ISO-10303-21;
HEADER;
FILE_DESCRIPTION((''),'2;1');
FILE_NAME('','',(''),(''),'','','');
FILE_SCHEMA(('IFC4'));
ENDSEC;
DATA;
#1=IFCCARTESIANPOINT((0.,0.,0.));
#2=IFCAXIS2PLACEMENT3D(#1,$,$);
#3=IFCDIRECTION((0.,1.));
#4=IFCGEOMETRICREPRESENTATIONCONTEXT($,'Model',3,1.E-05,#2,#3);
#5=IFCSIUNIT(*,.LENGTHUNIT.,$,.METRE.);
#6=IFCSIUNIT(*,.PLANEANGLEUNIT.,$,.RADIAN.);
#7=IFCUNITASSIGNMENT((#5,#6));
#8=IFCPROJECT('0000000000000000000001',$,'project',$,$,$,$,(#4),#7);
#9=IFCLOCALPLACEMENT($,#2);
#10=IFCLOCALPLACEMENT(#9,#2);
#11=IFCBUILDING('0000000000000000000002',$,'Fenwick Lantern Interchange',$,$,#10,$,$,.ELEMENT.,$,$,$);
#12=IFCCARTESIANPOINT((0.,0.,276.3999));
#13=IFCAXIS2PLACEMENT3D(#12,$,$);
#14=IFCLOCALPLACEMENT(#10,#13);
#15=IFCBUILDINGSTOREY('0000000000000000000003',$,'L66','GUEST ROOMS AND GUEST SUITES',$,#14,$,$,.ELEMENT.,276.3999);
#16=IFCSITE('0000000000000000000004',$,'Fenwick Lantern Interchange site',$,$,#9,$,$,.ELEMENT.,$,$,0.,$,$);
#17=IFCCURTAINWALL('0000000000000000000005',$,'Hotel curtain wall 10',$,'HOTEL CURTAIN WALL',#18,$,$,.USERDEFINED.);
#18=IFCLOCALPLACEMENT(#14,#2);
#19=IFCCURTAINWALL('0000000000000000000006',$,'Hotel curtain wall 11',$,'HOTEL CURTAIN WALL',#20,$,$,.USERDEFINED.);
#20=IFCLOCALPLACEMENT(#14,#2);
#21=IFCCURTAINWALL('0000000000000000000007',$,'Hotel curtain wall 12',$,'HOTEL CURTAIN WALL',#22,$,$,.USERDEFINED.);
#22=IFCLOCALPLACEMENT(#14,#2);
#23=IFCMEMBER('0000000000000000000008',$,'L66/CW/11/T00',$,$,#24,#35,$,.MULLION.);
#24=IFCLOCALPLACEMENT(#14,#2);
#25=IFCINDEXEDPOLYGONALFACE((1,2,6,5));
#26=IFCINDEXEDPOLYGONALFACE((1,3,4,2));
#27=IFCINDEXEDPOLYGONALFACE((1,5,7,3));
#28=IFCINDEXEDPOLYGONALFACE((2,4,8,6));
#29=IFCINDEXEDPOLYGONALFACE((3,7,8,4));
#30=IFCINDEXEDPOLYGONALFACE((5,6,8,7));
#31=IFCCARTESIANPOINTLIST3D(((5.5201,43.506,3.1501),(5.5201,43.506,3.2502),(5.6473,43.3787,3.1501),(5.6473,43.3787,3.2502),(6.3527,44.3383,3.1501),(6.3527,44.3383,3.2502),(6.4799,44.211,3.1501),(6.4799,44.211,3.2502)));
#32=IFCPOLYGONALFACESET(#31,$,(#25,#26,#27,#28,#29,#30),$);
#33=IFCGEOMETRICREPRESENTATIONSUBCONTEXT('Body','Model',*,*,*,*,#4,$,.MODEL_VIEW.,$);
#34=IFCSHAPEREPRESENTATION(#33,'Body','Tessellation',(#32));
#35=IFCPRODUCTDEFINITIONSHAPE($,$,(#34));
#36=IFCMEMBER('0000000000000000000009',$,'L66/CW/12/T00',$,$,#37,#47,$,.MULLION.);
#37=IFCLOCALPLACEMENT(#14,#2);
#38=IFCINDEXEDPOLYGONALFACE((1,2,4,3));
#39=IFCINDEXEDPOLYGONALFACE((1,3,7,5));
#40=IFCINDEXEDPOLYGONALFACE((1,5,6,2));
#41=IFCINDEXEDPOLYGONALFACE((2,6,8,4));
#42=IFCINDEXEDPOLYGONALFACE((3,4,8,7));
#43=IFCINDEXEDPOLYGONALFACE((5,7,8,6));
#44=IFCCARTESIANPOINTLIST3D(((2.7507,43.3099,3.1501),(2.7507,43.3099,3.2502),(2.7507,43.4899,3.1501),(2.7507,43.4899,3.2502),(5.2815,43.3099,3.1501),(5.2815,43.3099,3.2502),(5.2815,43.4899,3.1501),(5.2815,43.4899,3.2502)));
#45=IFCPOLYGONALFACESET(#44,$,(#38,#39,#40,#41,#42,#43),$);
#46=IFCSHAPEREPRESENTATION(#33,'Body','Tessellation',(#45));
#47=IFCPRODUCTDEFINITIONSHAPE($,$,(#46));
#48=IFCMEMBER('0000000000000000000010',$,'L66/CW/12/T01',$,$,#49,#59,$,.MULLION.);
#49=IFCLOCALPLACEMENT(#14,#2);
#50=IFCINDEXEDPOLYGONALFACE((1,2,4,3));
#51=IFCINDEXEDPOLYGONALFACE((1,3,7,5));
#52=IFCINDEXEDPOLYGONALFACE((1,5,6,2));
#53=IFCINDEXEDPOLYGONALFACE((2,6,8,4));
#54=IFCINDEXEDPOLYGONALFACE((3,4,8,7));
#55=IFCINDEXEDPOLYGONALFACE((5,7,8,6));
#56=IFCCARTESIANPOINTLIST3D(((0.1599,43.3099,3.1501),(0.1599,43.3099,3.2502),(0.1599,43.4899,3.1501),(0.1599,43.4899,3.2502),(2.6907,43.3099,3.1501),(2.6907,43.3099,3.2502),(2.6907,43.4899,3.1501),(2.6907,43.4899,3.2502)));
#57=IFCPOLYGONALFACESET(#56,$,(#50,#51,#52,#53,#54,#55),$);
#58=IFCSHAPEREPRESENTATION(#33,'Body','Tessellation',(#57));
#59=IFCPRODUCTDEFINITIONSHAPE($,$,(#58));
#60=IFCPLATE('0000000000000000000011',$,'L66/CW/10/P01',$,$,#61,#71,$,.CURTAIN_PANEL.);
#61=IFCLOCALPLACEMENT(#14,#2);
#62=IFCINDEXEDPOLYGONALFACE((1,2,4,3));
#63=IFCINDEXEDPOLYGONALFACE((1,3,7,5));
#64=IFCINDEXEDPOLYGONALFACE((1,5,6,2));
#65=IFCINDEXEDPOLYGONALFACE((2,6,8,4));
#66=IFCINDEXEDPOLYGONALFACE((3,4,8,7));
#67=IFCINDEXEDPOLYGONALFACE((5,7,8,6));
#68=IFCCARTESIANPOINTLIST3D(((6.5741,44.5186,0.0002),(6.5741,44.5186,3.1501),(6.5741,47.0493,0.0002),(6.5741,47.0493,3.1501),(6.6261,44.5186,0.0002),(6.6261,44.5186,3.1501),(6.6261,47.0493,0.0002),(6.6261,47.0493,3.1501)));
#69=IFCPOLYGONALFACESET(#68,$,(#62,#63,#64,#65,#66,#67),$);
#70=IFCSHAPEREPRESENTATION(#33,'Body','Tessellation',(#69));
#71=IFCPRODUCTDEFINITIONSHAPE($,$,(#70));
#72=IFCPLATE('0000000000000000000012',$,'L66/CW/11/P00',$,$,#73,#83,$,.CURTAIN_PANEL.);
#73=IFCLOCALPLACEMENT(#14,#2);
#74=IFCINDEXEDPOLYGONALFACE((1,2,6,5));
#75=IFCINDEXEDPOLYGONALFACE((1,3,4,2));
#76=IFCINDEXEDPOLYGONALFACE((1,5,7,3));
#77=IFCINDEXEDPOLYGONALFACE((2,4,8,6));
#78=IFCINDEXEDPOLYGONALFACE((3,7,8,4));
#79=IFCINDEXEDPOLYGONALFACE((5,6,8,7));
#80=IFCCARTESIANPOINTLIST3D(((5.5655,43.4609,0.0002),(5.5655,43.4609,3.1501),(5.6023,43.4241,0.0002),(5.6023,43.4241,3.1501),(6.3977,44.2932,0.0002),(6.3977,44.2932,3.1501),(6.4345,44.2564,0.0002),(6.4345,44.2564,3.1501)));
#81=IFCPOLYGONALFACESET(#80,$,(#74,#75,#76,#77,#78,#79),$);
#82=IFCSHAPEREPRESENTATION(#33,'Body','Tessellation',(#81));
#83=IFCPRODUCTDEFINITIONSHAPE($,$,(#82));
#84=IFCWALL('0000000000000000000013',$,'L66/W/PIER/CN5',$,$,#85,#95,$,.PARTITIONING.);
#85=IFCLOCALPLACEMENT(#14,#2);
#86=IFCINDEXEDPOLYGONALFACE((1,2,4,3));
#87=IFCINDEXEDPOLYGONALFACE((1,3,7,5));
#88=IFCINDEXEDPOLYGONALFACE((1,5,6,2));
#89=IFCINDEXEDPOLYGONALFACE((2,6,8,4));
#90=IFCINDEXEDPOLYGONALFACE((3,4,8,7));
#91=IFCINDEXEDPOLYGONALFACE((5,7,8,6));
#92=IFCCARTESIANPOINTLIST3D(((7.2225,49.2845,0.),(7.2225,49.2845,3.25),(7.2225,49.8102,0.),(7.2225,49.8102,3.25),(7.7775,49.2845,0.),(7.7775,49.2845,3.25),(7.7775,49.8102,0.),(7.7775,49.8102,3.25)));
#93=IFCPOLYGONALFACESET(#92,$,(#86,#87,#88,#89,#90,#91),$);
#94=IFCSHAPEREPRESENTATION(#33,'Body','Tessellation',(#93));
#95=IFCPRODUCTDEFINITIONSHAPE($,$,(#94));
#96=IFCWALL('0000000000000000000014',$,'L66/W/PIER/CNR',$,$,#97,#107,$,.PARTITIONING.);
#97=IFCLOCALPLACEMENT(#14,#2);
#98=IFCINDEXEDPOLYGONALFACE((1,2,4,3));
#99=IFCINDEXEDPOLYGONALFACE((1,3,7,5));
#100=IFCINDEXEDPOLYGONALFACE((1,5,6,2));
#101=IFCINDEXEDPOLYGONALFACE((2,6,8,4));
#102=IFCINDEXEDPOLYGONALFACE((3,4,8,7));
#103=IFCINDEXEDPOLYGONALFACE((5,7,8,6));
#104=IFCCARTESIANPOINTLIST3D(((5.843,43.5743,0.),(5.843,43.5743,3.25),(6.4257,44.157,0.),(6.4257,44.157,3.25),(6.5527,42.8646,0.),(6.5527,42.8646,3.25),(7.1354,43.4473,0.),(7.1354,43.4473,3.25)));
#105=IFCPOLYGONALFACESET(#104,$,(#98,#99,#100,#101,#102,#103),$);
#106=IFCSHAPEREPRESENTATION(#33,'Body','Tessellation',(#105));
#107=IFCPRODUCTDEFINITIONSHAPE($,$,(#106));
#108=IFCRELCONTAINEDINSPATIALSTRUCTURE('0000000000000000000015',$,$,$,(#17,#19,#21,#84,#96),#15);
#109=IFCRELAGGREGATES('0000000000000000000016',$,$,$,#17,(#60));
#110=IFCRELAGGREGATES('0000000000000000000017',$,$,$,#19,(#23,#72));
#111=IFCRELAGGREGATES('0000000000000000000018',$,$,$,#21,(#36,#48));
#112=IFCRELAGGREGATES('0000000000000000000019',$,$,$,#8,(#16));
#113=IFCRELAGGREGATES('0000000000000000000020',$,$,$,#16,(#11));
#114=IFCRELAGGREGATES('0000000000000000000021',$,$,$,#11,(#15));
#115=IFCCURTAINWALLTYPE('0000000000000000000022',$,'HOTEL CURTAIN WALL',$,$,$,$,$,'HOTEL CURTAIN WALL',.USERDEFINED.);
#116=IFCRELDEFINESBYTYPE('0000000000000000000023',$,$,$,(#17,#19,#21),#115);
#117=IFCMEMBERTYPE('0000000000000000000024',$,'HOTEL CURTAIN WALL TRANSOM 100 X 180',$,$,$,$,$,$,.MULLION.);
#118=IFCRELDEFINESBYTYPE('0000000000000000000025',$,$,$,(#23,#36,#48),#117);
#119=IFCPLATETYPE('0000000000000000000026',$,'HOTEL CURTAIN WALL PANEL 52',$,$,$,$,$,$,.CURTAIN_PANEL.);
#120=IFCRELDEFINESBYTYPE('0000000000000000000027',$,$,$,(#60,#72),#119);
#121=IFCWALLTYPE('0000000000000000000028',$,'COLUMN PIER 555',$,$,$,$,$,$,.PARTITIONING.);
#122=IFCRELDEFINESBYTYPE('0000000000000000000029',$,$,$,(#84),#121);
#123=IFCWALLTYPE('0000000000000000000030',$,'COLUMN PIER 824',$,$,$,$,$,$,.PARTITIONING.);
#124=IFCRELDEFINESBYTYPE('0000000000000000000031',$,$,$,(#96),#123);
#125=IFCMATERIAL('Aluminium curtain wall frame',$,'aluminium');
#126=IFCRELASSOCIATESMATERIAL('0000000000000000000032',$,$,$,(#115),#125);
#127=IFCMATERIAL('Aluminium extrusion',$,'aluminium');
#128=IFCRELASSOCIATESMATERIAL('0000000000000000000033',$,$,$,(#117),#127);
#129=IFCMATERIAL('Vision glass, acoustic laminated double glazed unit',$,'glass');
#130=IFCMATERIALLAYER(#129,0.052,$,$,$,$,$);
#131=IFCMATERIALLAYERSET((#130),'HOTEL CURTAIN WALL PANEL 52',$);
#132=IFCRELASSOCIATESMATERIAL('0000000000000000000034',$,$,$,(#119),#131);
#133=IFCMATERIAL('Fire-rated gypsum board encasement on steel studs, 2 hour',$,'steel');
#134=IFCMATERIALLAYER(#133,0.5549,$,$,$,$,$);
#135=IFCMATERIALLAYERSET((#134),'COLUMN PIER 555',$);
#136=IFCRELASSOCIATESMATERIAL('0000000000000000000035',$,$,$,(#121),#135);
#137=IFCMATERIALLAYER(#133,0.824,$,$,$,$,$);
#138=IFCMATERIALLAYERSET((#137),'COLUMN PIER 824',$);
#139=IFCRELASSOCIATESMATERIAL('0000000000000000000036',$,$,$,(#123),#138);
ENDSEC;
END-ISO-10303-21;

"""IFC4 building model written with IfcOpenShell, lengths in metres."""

from ifc_helpers import new_model, si_unit, direction, frame, frame_2d, origin, origin_2d, place, context, subcontext, project, spatial, rectangle, extrude, material, layer, layer_set, material_profile, profile_set, type_object, element, aggregate, save


model = new_model("IFC4")

# Units and contexts
model_context = context("Model", 3, precision=1e-05, world=origin(), true_north=direction((0.0, 1.0)))
body_context = subcontext(model_context, "Body", "Model", "MODEL_VIEW")
ifc_project = project(units=[si_unit("LENGTHUNIT", "METRE"), si_unit("PLANEANGLEUNIT", "RADIAN")], contexts=[model_context])

# Site, building, storey
site_placement = place(None, origin())
site = spatial("IfcSite", under=ifc_project, at=site_placement, Name="Fenwick Lantern Interchange site", CompositionType="ELEMENT", RefElevation=0.0)
building_placement = place(site_placement, origin())
building = spatial("IfcBuilding", under=site, at=building_placement, Name="Fenwick Lantern Interchange", CompositionType="ELEMENT")
storey_placement = place(building_placement, frame((0.0, 0.0, 276.3999)))
storey = spatial("IfcBuildingStorey", under=building, at=storey_placement, Name="L66", Description="GUEST ROOMS AND GUEST SUITES", CompositionType="ELEMENT", Elevation=276.3999)

# Shared definitions
ifc_material_1 = material(Name="Aluminium curtain wall frame", Category="aluminium")
curtain_wall_type = type_object("IfcCurtainWallType", Name="HOTEL CURTAIN WALL", ElementType="HOTEL CURTAIN WALL", PredefinedType="USERDEFINED", material=ifc_material_1)
ifc_material_2 = material(Name="Aluminium extrusion", Category="aluminium")

# Curtain walls
curtain_wall_1_placement = place(storey_placement, origin())
curtain_wall_1 = element("IfcCurtainWall", 1, at=curtain_wall_1_placement, inside=storey, type_object=curtain_wall_type, Name="Hotel curtain wall 10", ObjectType="HOTEL CURTAIN WALL", PredefinedType="USERDEFINED")
curtain_wall_2_placement = place(storey_placement, origin())
curtain_wall_2 = element("IfcCurtainWall", 2, at=curtain_wall_2_placement, inside=storey, type_object=curtain_wall_type, Name="Hotel curtain wall 11", ObjectType="HOTEL CURTAIN WALL", PredefinedType="USERDEFINED")
curtain_wall_3_placement = place(storey_placement, origin())
curtain_wall_3 = element("IfcCurtainWall", 3, at=curtain_wall_3_placement, inside=storey, type_object=curtain_wall_type, Name="Hotel curtain wall 12", ObjectType="HOTEL CURTAIN WALL", PredefinedType="USERDEFINED")

# Members
ifc_material_profile_1 = material_profile(ifc_material_2, rectangle(XDim=0.1799, YDim=0.1001, at=origin_2d()), Name="HOTEL CURTAIN WALL TRANSOM 100 X 180")
ifc_profile_set_1 = profile_set([ifc_material_profile_1], Name="Aluminium extrusion")
member_type_1 = type_object("IfcMemberType", Name="HOTEL CURTAIN WALL TRANSOM 100 X 180", PredefinedType="MULLION", material=ifc_profile_set_1)
member_1_placement = place(storey_placement, frame((6.4163, 44.2747, 3.2002), z_axis=(-0.70721, -0.707003, 0.0), x_axis=(0.707003, -0.70721, 0.0)))
member_1 = element("IfcMember", 4, at=member_1_placement, type_object=member_type_1, Name="L66/CW/11/T00", PredefinedType="MULLION", context=body_context, shape_type="SweptSolid", body=[
    extrude(rectangle(XDim=0.1799, YDim=0.1001, at=origin_2d()), origin(), (0.0, 0.0, 1.0), 1.1772),
])
member_2_placement = place(storey_placement, frame((5.2815, 43.3999, 3.2002), z_axis=(-1.0, 0.0, 0.0), x_axis=(0.0, -1.0, 0.0)))
member_2 = element("IfcMember", 5, at=member_2_placement, type_object=member_type_1, Name="L66/CW/12/T00", PredefinedType="MULLION", context=body_context, shape_type="SweptSolid", body=[
    extrude(rectangle(XDim=0.1799, YDim=0.1001, at=origin_2d()), origin(), (0.0, 0.0, 1.0), 2.5308),
])
member_3_placement = place(storey_placement, frame((2.6907, 43.3999, 3.2002), z_axis=(-1.0, 0.0, 0.0), x_axis=(0.0, -1.0, 0.0)))
member_3 = element("IfcMember", 6, at=member_3_placement, type_object=member_type_1, Name="L66/CW/12/T01", PredefinedType="MULLION", context=body_context, shape_type="SweptSolid", body=[
    extrude(rectangle(XDim=0.1799, YDim=0.1001, at=origin_2d()), origin(), (0.0, 0.0, 1.0), 2.5308),
])

# Plates
ifc_material_3 = material(Name="Vision glass, acoustic laminated double glazed unit", Category="glass")
ifc_layer_1 = layer(ifc_material_3, 0.052)
ifc_layer_set_1 = layer_set([ifc_layer_1], Name="HOTEL CURTAIN WALL PANEL 52")
plate_type = type_object("IfcPlateType", Name="HOTEL CURTAIN WALL PANEL 52", PredefinedType="CURTAIN_PANEL", material=ifc_layer_set_1)
plate_1_placement = place(storey_placement, frame((6.6001, 45.7839, 0.0002), z_axis=(0.0, 0.0, 1.0), x_axis=(0.0, -1.0, 0.0)))
plate_1 = element("IfcPlate", 7, at=plate_1_placement, type_object=plate_type, Name="L66/CW/10/P01", PredefinedType="CURTAIN_PANEL", context=body_context, shape_type="SweptSolid", body=[
    extrude(rectangle(XDim=2.5308, YDim=0.052, at=origin_2d()), origin(), (0.0, 0.0, 1.0), 3.1499),
])
aggregate(curtain_wall_1, [plate_1])
plate_2_placement = place(storey_placement, frame((6.0, 43.8586, 0.0002), z_axis=(0.0, 0.0, 1.0), x_axis=(-0.707107, -0.707107, 0.0)))
plate_2 = element("IfcPlate", 8, at=plate_2_placement, type_object=plate_type, Name="L66/CW/11/P00", PredefinedType="CURTAIN_PANEL", context=body_context, shape_type="SweptSolid", body=[
    extrude(rectangle(XDim=1.177, YDim=0.052, at=origin_2d()), origin(), (0.0, 0.0, 1.0), 3.1499),
])
aggregate(curtain_wall_2, [member_1, plate_2])
aggregate(curtain_wall_3, [member_2, member_3])

# Walls
ifc_material_4 = material(Name="Fire-rated gypsum board encasement on steel studs, 2 hour", Category="steel")
ifc_layer_2 = layer(ifc_material_4, 0.5549)
ifc_layer_set_2 = layer_set([ifc_layer_2], Name="COLUMN PIER 555")
wall_type_1 = type_object("IfcWallType", Name="COLUMN PIER 555", PredefinedType="PARTITIONING", material=ifc_layer_set_2)
wall_1_placement = place(storey_placement, frame((7.5, 49.8101, 0.0), z_axis=(0.0, 0.0, 1.0), x_axis=(0.0, -1.0, 0.0)))
element("IfcWall", 9, at=wall_1_placement, inside=storey, type_object=wall_type_1, Name="L66/W/PIER/CN5", PredefinedType="PARTITIONING", context=body_context, shape_type="SweptSolid", body=[
    extrude(rectangle(XDim=0.5256, YDim=0.5549, at=frame_2d((0.2627, 0.0))), origin(), (0.0, 0.0, 1.0), 3.25),
])
ifc_layer_3 = layer(ifc_material_4, 0.824)
ifc_layer_set_3 = layer_set([ifc_layer_3], Name="COLUMN PIER 824")
wall_type_2 = type_object("IfcWallType", Name="COLUMN PIER 824", PredefinedType="PARTITIONING", material=ifc_layer_set_3)
wall_2_placement = place(storey_placement, frame((6.1343, 43.8657, 0.0), z_axis=(0.0, 0.0, 1.0), x_axis=(0.707107, -0.707107, 0.0)))
element("IfcWall", 10, at=wall_2_placement, inside=storey, type_object=wall_type_2, Name="L66/W/PIER/CNR", PredefinedType="PARTITIONING", context=body_context, shape_type="SweptSolid", body=[
    extrude(rectangle(XDim=1.0037, YDim=0.824, at=frame_2d((0.502, 0.0))), origin(), (0.0, 0.0, 1.0), 3.25),
])

save(model, "model.ifc")
